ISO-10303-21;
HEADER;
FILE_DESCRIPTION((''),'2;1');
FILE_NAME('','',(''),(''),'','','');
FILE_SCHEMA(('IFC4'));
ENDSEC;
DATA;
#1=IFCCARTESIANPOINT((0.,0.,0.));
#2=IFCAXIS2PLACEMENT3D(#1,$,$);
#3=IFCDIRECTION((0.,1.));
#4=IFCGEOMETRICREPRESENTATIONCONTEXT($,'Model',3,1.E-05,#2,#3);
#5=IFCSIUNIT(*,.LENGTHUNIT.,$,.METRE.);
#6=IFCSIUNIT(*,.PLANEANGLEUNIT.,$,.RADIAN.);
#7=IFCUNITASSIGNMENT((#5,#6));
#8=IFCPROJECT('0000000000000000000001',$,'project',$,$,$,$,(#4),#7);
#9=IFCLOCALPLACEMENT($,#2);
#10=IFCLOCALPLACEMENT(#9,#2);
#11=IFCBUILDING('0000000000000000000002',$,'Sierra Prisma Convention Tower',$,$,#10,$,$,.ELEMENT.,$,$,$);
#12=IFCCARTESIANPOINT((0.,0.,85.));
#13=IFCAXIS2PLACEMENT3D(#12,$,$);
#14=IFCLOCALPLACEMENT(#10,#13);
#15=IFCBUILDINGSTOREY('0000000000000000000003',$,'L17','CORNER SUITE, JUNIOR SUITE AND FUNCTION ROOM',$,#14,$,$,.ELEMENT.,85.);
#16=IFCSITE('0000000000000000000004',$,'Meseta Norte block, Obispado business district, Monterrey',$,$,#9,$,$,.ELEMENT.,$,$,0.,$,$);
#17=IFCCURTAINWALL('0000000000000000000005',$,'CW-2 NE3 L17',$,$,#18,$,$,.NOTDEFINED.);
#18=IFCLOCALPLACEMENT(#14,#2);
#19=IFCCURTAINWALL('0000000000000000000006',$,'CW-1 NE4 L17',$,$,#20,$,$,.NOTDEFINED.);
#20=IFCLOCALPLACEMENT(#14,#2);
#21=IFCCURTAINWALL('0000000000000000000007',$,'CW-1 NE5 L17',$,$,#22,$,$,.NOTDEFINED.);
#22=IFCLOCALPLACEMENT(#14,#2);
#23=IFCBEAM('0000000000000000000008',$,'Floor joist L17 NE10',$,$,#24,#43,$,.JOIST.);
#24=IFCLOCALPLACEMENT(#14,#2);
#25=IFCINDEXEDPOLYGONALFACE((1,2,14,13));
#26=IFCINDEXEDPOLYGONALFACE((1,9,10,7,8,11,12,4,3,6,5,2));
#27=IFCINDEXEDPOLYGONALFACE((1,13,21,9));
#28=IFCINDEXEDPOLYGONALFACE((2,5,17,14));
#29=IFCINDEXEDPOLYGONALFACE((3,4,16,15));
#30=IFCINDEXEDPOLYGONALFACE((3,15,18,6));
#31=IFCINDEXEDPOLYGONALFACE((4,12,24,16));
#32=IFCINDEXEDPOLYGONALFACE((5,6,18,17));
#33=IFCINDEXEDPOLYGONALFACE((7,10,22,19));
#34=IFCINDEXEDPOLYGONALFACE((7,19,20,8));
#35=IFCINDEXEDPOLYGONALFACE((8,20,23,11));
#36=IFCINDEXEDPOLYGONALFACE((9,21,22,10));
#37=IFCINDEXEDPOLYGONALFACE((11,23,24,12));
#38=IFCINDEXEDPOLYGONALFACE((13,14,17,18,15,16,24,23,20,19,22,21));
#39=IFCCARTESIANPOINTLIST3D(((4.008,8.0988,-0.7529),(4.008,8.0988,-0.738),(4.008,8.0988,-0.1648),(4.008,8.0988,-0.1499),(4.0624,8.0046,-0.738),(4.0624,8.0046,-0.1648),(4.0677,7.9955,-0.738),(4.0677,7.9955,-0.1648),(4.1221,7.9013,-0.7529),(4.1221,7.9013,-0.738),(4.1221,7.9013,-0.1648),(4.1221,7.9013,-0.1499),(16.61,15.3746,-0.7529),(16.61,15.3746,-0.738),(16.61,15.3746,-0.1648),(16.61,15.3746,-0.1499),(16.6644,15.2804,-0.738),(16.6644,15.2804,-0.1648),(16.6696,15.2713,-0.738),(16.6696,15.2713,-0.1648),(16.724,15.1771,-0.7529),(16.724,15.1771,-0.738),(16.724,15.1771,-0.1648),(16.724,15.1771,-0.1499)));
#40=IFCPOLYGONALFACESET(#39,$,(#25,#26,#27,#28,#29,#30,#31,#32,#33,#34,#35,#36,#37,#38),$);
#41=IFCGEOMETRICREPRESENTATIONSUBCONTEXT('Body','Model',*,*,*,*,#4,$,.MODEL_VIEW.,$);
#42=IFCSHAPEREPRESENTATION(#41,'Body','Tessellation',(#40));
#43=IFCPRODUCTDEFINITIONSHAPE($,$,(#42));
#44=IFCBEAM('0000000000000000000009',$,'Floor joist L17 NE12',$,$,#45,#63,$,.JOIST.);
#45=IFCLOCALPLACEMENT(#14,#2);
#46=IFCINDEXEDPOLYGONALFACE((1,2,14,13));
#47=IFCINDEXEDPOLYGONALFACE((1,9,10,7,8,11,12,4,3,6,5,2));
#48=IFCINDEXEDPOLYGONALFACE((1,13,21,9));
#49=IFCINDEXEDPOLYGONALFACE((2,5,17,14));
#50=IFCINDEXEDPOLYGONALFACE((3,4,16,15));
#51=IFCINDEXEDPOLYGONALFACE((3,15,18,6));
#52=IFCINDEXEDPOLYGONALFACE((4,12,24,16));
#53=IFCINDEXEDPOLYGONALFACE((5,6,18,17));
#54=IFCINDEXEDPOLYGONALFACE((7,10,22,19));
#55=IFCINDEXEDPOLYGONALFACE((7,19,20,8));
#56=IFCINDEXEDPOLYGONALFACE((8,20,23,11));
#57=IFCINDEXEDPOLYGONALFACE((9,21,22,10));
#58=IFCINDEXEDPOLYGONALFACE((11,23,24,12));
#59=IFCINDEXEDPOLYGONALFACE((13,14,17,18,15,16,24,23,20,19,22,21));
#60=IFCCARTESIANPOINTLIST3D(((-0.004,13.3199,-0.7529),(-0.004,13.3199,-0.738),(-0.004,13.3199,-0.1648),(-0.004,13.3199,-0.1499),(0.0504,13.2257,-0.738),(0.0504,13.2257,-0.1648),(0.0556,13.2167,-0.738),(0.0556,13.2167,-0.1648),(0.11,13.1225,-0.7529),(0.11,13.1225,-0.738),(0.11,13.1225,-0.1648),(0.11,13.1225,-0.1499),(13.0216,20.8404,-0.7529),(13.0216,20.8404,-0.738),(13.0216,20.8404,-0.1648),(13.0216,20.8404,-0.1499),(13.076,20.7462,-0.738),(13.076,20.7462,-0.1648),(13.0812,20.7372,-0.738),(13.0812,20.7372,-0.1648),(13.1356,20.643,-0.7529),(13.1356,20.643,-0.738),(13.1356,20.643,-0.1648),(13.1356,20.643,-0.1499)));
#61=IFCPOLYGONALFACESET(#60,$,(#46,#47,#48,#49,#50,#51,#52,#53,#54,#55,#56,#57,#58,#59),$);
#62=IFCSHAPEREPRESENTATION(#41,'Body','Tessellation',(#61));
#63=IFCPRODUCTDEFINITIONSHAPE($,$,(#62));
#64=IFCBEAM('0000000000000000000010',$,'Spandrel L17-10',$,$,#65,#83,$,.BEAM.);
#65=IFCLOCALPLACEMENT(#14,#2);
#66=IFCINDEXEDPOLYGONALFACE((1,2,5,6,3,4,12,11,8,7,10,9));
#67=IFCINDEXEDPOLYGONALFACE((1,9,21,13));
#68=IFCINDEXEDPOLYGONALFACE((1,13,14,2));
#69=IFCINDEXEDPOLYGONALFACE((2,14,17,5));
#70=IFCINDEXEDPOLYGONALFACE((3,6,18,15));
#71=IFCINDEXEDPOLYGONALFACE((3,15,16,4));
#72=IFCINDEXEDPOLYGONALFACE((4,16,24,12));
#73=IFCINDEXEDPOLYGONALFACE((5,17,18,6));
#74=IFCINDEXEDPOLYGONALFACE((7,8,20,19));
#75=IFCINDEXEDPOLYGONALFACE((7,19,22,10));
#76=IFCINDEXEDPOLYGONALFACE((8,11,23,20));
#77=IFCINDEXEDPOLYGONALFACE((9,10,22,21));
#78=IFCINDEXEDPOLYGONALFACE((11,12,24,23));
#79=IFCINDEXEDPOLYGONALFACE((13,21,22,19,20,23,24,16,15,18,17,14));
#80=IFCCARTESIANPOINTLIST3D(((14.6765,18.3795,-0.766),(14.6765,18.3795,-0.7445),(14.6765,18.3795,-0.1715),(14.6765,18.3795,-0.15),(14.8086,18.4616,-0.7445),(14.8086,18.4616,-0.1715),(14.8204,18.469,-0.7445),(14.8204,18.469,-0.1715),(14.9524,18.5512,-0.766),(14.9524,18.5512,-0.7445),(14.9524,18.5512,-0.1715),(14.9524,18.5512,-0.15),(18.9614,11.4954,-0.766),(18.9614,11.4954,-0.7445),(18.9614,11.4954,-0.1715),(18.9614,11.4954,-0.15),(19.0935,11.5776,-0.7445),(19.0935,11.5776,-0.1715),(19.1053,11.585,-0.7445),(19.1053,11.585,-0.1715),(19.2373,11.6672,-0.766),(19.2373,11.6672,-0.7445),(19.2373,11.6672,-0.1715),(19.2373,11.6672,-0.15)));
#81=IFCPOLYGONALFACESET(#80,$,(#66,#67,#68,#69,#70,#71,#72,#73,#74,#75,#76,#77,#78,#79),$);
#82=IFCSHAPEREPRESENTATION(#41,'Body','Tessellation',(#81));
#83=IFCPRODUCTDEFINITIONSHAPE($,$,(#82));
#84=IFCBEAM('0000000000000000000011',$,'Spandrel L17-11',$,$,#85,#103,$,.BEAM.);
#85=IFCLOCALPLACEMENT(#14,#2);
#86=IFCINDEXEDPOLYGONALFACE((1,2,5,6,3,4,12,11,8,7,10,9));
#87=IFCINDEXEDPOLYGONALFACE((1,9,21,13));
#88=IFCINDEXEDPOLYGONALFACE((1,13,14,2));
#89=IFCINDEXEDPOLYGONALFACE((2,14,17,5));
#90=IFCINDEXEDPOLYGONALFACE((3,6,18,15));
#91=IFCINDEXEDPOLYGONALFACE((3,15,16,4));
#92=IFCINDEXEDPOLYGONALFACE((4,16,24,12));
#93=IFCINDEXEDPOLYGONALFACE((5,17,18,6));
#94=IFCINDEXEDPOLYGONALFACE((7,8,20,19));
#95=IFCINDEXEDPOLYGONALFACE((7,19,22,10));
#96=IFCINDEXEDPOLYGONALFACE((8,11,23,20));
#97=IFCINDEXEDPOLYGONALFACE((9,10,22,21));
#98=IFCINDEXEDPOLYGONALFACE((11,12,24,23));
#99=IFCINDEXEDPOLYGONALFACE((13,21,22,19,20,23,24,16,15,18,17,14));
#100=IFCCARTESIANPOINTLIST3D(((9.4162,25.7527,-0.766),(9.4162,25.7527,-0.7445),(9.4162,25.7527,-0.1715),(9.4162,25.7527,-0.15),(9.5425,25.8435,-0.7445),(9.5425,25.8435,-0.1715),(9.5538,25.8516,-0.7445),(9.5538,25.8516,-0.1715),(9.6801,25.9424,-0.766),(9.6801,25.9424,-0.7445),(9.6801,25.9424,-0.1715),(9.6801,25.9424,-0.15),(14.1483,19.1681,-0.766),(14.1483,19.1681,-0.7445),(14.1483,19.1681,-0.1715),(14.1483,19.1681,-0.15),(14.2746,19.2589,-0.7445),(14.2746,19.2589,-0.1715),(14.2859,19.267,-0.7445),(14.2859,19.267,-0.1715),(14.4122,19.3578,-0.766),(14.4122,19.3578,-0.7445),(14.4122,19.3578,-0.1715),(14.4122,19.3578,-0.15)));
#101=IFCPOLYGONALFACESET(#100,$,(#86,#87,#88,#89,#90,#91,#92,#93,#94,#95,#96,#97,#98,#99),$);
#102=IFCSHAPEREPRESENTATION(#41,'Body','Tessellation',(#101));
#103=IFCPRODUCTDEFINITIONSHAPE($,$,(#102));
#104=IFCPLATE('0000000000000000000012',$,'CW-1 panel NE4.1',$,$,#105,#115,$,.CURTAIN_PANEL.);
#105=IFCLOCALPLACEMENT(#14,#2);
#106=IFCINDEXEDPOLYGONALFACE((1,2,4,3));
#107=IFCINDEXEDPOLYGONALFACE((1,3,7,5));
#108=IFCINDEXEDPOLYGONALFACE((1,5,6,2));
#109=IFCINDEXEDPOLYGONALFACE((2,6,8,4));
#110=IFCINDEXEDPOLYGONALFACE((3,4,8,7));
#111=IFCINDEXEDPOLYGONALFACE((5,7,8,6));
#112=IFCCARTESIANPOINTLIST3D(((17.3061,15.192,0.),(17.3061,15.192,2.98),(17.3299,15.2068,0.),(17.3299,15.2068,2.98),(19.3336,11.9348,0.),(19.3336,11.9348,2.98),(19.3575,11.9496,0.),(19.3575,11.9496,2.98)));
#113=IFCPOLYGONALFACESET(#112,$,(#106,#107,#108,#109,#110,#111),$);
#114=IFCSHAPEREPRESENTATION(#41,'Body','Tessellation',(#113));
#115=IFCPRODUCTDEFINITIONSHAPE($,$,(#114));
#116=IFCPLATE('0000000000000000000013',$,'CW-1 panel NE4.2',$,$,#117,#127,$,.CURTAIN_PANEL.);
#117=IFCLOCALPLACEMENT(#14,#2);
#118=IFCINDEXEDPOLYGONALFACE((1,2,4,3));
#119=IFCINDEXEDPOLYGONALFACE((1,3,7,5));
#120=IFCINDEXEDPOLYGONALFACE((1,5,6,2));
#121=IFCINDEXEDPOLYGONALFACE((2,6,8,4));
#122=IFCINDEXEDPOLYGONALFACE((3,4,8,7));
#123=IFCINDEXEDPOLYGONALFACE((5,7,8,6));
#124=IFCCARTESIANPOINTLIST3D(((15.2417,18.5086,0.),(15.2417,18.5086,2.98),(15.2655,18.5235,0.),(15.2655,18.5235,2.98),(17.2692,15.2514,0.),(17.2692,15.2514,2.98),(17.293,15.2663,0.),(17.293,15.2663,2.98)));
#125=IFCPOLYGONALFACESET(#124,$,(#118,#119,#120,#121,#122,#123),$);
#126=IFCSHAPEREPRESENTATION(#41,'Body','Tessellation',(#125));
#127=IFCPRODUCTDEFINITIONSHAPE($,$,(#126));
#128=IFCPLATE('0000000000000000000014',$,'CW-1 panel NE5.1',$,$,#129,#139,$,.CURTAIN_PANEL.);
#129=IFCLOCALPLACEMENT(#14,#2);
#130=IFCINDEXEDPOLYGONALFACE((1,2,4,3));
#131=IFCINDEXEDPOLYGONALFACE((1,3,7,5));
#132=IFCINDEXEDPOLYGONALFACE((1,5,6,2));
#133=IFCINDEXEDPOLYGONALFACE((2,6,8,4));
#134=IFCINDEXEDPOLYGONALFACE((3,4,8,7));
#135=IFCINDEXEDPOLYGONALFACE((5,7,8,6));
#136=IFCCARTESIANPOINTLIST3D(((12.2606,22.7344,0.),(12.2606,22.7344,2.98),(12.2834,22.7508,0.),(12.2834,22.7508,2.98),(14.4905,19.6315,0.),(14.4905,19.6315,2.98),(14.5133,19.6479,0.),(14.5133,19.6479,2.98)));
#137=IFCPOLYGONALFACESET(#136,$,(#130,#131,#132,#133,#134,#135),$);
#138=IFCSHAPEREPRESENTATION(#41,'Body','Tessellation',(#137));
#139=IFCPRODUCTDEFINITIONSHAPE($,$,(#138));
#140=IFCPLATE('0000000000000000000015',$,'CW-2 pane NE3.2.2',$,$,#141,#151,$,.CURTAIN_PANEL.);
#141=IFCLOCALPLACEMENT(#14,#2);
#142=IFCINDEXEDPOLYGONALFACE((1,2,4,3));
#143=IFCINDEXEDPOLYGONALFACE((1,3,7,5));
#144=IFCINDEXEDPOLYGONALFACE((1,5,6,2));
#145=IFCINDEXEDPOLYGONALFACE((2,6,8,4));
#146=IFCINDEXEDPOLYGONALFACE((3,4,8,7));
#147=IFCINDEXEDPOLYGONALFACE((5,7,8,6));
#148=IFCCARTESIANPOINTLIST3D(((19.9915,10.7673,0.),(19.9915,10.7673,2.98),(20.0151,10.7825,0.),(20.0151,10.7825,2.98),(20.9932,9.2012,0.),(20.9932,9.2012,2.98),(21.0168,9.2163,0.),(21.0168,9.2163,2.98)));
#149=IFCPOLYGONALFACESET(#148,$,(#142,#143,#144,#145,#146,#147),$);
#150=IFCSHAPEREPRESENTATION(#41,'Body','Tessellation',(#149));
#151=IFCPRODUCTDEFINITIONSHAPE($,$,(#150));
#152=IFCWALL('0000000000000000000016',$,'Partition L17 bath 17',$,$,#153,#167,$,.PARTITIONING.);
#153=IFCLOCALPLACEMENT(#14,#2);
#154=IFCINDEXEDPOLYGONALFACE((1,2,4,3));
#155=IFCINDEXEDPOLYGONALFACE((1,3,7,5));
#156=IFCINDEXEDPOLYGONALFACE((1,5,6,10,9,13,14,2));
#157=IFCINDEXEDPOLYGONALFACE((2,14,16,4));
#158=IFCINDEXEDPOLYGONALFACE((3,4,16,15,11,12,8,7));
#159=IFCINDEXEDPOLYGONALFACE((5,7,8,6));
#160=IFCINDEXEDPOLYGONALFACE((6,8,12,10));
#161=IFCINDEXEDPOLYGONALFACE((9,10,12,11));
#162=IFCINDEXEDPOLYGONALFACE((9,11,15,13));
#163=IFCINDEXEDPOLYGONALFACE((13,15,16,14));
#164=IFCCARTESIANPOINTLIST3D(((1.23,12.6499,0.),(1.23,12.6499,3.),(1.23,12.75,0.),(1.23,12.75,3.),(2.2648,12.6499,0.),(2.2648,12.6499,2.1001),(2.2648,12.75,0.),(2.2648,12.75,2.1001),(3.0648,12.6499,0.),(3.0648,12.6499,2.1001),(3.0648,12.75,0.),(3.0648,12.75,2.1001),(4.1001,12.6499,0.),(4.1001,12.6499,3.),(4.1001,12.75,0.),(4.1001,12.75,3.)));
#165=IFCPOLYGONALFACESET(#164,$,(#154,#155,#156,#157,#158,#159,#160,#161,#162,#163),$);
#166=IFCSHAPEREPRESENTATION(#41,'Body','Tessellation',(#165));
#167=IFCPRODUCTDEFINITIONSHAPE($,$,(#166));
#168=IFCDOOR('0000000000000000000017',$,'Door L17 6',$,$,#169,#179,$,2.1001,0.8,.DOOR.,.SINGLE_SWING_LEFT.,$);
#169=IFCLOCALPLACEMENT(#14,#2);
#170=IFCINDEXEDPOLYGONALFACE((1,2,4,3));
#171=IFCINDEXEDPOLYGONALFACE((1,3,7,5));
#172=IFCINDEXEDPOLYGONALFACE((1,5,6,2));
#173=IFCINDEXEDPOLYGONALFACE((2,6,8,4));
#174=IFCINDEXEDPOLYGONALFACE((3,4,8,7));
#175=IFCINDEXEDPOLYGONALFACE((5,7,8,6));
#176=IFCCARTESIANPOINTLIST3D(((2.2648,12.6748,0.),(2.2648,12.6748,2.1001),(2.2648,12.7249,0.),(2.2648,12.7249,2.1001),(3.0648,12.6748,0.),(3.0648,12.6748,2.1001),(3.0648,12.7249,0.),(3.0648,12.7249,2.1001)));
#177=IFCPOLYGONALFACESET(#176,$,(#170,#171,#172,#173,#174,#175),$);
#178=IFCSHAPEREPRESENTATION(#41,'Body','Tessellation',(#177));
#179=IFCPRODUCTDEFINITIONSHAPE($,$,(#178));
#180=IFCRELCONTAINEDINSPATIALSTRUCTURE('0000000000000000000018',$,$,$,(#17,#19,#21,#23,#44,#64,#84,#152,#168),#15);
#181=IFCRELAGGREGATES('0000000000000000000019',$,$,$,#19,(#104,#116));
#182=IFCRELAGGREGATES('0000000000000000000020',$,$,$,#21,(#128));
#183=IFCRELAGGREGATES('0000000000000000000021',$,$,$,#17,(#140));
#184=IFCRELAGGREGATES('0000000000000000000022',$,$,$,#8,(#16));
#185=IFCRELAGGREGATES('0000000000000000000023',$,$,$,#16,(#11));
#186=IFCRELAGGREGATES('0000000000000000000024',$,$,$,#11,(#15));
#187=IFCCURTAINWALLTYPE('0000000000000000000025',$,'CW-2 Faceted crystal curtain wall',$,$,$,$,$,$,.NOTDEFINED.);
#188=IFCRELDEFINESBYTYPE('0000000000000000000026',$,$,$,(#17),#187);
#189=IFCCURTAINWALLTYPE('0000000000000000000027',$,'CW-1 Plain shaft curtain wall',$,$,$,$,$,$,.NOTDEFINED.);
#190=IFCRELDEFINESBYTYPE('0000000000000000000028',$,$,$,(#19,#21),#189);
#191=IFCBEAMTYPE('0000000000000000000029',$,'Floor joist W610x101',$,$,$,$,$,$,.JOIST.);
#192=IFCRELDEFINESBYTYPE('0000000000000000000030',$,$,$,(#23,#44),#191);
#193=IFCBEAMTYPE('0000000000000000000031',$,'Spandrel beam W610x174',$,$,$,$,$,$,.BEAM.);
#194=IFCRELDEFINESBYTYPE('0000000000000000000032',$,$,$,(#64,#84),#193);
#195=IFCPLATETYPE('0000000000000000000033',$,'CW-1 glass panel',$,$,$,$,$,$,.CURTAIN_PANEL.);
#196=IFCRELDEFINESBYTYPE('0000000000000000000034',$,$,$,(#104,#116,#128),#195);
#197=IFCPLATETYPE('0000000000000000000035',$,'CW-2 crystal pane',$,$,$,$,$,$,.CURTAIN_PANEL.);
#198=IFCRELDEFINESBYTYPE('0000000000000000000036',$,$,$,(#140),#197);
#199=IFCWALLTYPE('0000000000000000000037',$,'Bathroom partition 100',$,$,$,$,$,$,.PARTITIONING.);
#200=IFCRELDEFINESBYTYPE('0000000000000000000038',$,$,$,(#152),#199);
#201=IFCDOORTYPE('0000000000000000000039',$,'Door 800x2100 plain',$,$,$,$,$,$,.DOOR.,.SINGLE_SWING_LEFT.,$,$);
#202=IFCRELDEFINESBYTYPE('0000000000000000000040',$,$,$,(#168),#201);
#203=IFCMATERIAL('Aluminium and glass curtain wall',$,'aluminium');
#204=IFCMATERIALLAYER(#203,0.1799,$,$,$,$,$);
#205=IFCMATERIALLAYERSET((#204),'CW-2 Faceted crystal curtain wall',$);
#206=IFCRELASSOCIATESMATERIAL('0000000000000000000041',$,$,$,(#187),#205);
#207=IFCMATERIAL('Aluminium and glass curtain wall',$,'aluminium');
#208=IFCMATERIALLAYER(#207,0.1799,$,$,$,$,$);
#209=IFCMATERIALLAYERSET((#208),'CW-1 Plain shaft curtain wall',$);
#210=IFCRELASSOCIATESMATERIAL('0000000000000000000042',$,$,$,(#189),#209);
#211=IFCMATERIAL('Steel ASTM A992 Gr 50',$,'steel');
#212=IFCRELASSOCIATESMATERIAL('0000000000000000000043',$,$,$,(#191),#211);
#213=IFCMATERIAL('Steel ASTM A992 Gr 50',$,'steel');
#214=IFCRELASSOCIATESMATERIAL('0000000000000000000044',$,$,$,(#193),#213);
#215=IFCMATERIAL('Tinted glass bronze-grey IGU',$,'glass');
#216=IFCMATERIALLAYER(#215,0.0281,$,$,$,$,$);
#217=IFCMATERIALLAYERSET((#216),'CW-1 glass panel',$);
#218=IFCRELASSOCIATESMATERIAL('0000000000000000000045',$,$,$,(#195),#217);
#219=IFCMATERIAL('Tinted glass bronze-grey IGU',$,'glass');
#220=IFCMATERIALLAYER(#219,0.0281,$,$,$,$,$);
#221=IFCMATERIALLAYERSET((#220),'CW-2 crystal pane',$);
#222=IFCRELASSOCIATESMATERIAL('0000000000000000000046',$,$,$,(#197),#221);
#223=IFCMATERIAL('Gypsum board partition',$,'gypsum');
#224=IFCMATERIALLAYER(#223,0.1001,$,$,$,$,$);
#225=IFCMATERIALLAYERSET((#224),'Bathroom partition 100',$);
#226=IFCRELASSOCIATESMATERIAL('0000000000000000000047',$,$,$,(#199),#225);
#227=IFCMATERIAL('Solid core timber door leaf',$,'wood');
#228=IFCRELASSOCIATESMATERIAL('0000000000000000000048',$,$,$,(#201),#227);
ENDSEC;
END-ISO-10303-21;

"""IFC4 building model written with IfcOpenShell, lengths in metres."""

from ifc_helpers import new_model, si_unit, direction, frame, frame_2d, origin, origin_2d, place, context, subcontext, project, spatial, polyline, rectangle, i_section, outline, extrude, material, layer, layer_set, material_profile, profile_set, type_object, element, fill, aggregate, save


model = new_model("IFC4")

# Units and contexts
model_context = context("Model", 3, precision=1e-05, world=origin(), true_north=direction((0.0, 1.0)))
body_context = subcontext(model_context, "Body", "Model", "MODEL_VIEW")
ifc_project = project(units=[si_unit("LENGTHUNIT", "METRE"), si_unit("PLANEANGLEUNIT", "RADIAN")], contexts=[model_context])

# Site, building, storey
site_placement = place(None, origin())
site = spatial("IfcSite", under=ifc_project, at=site_placement, Name="Meseta Norte block, Obispado business district, Monterrey", CompositionType="ELEMENT", RefElevation=0.0)
building_placement = place(site_placement, origin())
building = spatial("IfcBuilding", under=site, at=building_placement, Name="Sierra Prisma Convention Tower", CompositionType="ELEMENT")
storey_placement = place(building_placement, frame((0.0, 0.0, 85.0)))
storey = spatial("IfcBuildingStorey", under=building, at=storey_placement, Name="L17", Description="CORNER SUITE, JUNIOR SUITE AND FUNCTION ROOM", CompositionType="ELEMENT", Elevation=85.0)

# Curtain wall
ifc_material_1 = material(Name="Aluminium and glass curtain wall", Category="aluminium")
ifc_layer_1 = layer(ifc_material_1, 0.1799)
ifc_layer_set_1 = layer_set([ifc_layer_1], Name="CW-2 Faceted crystal curtain wall")
curtain_wall_type_1 = type_object("IfcCurtainWallType", Name="CW-2 Faceted crystal curtain wall", PredefinedType="NOTDEFINED", material=ifc_layer_set_1)
curtain_wall_1_placement = place(storey_placement, origin())
curtain_wall_1 = element("IfcCurtainWall", 1, at=curtain_wall_1_placement, inside=storey, type_object=curtain_wall_type_1, Name="CW-2 NE3 L17", PredefinedType="NOTDEFINED")

# Curtain wall
ifc_material_2 = material(Name="Aluminium and glass curtain wall", Category="aluminium")
ifc_layer_2 = layer(ifc_material_2, 0.1799)
ifc_layer_set_2 = layer_set([ifc_layer_2], Name="CW-1 Plain shaft curtain wall")
curtain_wall_type_2 = type_object("IfcCurtainWallType", Name="CW-1 Plain shaft curtain wall", PredefinedType="NOTDEFINED", material=ifc_layer_set_2)
curtain_wall_2_placement = place(storey_placement, origin())
curtain_wall_2 = element("IfcCurtainWall", 2, at=curtain_wall_2_placement, inside=storey, type_object=curtain_wall_type_2, Name="CW-1 NE4 L17", PredefinedType="NOTDEFINED")

# Curtain wall
curtain_wall_3_placement = place(storey_placement, origin())
curtain_wall_3 = element("IfcCurtainWall", 3, at=curtain_wall_3_placement, inside=storey, type_object=curtain_wall_type_2, Name="CW-1 NE5 L17", PredefinedType="NOTDEFINED")

# Beams
ifc_material_3 = material(Name="Steel ASTM A992 Gr 50", Category="steel")
ifc_material_profile_1 = material_profile(ifc_material_3, i_section(OverallWidth=0.228, OverallDepth=0.603, WebThickness=0.0105, FlangeThickness=0.0149, at=origin_2d()), Name="W610x101")
ifc_profile_set_1 = profile_set([ifc_material_profile_1], Name="Steel ASTM A992 Gr 50")
beam_type_1 = type_object("IfcBeamType", Name="Floor joist W610x101", PredefinedType="JOIST", material=ifc_profile_set_1)
beam_1_placement = place(storey_placement, frame((16.667, 15.2759, -0.4514), z_axis=(-0.866023, -0.500004, 0.0), x_axis=(0.500004, -0.866023, 0.0)))
element("IfcBeam", 4, at=beam_1_placement, inside=storey, type_object=beam_type_1, Name="Floor joist L17 NE10", PredefinedType="JOIST", context=body_context, shape_type="SweptSolid", body=[
    extrude(i_section(OverallWidth=0.228, OverallDepth=0.603, WebThickness=0.0105, FlangeThickness=0.0149, at=origin_2d()), origin(), (0.0, 0.0, 1.0), 14.5515),
])
beam_2_placement = place(storey_placement, frame((13.0786, 20.7417, -0.4514), z_axis=(-0.866021, -0.500008, 0.0), x_axis=(0.500008, -0.866021, 0.0)))
element("IfcBeam", 5, at=beam_2_placement, inside=storey, type_object=beam_type_1, Name="Floor joist L17 NE12", PredefinedType="JOIST", context=body_context, shape_type="SweptSolid", body=[
    extrude(i_section(OverallWidth=0.228, OverallDepth=0.603, WebThickness=0.0105, FlangeThickness=0.0149, at=origin_2d()), origin(), (0.0, 0.0, 1.0), 15.0408),
])
ifc_material_4 = material(Name="Steel ASTM A992 Gr 50", Category="steel")
ifc_material_profile_2 = material_profile(ifc_material_4, i_section(OverallWidth=0.325, OverallDepth=0.616, WebThickness=0.0139, FlangeThickness=0.0215, at=origin_2d()), Name="W610x174")
ifc_profile_set_2 = profile_set([ifc_material_profile_2], Name="Steel ASTM A992 Gr 50")
beam_type_2 = type_object("IfcBeamType", Name="Spandrel beam W610x174", PredefinedType="BEAM", material=ifc_profile_set_2)
for number, where, z_axis, x_axis, name in (
    (6, (19.0994, 11.5813, -0.458), (-0.528436, 0.848973, 0.0), (-0.848973, -0.528436, 0.0), "Spandrel L17-10"),
    (7, (14.2803, 19.2629, -0.458), (-0.583588, 0.81205, 0.0), (-0.81205, -0.583588, 0.0), "Spandrel L17-11"),
):
    element("IfcBeam", number, at=place(storey_placement, frame(where, z_axis=z_axis, x_axis=x_axis)), inside=storey, type_object=beam_type_2, Name=name, PredefinedType="BEAM", context=body_context, shape_type="SweptSolid", body=[
        extrude(i_section(OverallWidth=0.325, OverallDepth=0.616, WebThickness=0.0139, FlangeThickness=0.0215, at=origin_2d()), origin(), (0.0, 0.0, 1.0), 8.1086),
    ])

# Plates
ifc_material_5 = material(Name="Tinted glass bronze-grey IGU", Category="glass")
ifc_layer_3 = layer(ifc_material_5, 0.0281)
ifc_layer_set_3 = layer_set([ifc_layer_3], Name="CW-1 glass panel")
plate_type_1 = type_object("IfcPlateType", Name="CW-1 glass panel", PredefinedType="CURTAIN_PANEL", material=ifc_layer_set_3)
plate_1_placement = place(storey_placement, frame((18.3318, 13.5708, 0.0), z_axis=(0.0, 0.0, 1.0), x_axis=(-0.528456, 0.848961, 0.0)))
plate_1 = element("IfcPlate", 8, at=plate_1_placement, type_object=plate_type_1, Name="CW-1 panel NE4.1", PredefinedType="CURTAIN_PANEL", context=body_context, shape_type="SweptSolid", body=[
    extrude(rectangle(XDim=3.8367, YDim=0.0281, at=origin_2d()), origin(), (0.0, 0.0, 1.0), 2.98),
])
plate_2_placement = place(storey_placement, frame((16.2673, 16.8875, 0.0), z_axis=(0.0, 0.0, 1.0), x_axis=(-0.528456, 0.848961, 0.0)))
plate_2 = element("IfcPlate", 9, at=plate_2_placement, type_object=plate_type_1, Name="CW-1 panel NE4.2", PredefinedType="CURTAIN_PANEL", context=body_context, shape_type="SweptSolid", body=[
    extrude(rectangle(XDim=3.8367, YDim=0.0281, at=origin_2d()), origin(), (0.0, 0.0, 1.0), 2.98),
])
aggregate(curtain_wall_2, [plate_1, plate_2])
plate_3_placement = place(storey_placement, frame((13.387, 21.1912, 0.0), z_axis=(0.0, 0.0, 1.0), x_axis=(-0.583591, 0.812047, 0.0)))
plate_3 = element("IfcPlate", 10, at=plate_3_placement, type_object=plate_type_1, Name="CW-1 panel NE5.1", PredefinedType="CURTAIN_PANEL", context=body_context, shape_type="SweptSolid", body=[
    extrude(rectangle(XDim=3.821, YDim=0.0281, at=origin_2d()), origin(), (0.0, 0.0, 1.0), 2.98),
])
aggregate(curtain_wall_3, [plate_3])
ifc_material_6 = material(Name="Tinted glass bronze-grey IGU", Category="glass")
ifc_layer_4 = layer(ifc_material_6, 0.0281)
ifc_layer_set_4 = layer_set([ifc_layer_4], Name="CW-2 crystal pane")
plate_type_2 = type_object("IfcPlateType", Name="CW-2 crystal pane", PredefinedType="CURTAIN_PANEL", material=ifc_layer_set_4)
plate_4_placement = place(storey_placement, frame((20.0151, 10.7825, 0.0), z_axis=(0.842426, 0.538811, 0.0), x_axis=(0.538811, -0.842426, 0.0)))
plate_4 = element("IfcPlate", 11, at=plate_4_placement, type_object=plate_type_2, Name="CW-2 pane NE3.2.2", PredefinedType="CURTAIN_PANEL", context=body_context, shape_type="SweptSolid", body=[
    extrude(outline(polyline([(0.0, 0.0), (1.8591, 0.0), (1.8591, -2.98), (0.0, -2.98), (0.0, 0.0)])), origin(), (0.0, 0.0, -1.0), 0.0281),
])
aggregate(curtain_wall_1, [plate_4])

# Wall, opening, door
ifc_material_7 = material(Name="Gypsum board partition", Category="gypsum")
ifc_layer_5 = layer(ifc_material_7, 0.1001)
ifc_layer_set_5 = layer_set([ifc_layer_5], Name="Bathroom partition 100")
wall_type_1 = type_object("IfcWallType", Name="Bathroom partition 100", PredefinedType="PARTITIONING", material=ifc_layer_set_5)
wall_1_placement = place(storey_placement, frame((1.23, 12.7, 0.0), z_axis=(0.0, 0.0, 1.0), x_axis=(1.0, 0.0, 0.0)))
wall_1 = element("IfcWall", 12, at=wall_1_placement, inside=storey, type_object=wall_type_1, Name="Partition L17 bath 17", PredefinedType="PARTITIONING", context=body_context, shape_type="SweptSolid", body=[
    extrude(rectangle(XDim=2.8701, YDim=0.1001, at=frame_2d((1.4351, 0.0))), origin(), (0.0, 0.0, 1.0), 3.0),
])
opening_1_placement = place(wall_1_placement, frame((1.0349, 0.0, 0.0)))
opening_1 = element("IfcOpeningElement", 13, at=opening_1_placement, cuts=wall_1, PredefinedType="OPENING", context=body_context, shape_type="SweptSolid", body=[
    extrude(rectangle(XDim=0.8, YDim=2.1001, at=frame_2d((0.3999, 1.05))), frame((0.0, 0.05, 0.0), z_axis=(0.0, -1.0, 0.0), x_axis=(1.0, 0.0, 0.0)), (0.0, 0.0, 1.0), 0.1001),
])
ifc_material_8 = material(Name="Solid core timber door leaf", Category="wood")
door_type_1 = type_object("IfcDoorType", Name="Door 800x2100 plain", OperationType="SINGLE_SWING_LEFT", PredefinedType="DOOR", material=ifc_material_8)
door_1_placement = place(opening_1_placement, origin())
door_1 = element("IfcDoor", 14, at=door_1_placement, inside=storey, type_object=door_type_1, Name="Door L17 6", OperationType="SINGLE_SWING_LEFT", OverallHeight=2.1001, OverallWidth=0.8, PredefinedType="DOOR", context=body_context, shape_type="SweptSolid", body=[
    extrude(rectangle(XDim=0.8, YDim=2.1001, at=frame_2d((0.3999, 1.05))), frame((0.0, 0.0249, 0.0), z_axis=(0.0, -1.0, 0.0), x_axis=(1.0, 0.0, 0.0)), (0.0, 0.0, 1.0), 0.05),
])
fill(opening_1, door_1)

save(model, "model.ifc")
